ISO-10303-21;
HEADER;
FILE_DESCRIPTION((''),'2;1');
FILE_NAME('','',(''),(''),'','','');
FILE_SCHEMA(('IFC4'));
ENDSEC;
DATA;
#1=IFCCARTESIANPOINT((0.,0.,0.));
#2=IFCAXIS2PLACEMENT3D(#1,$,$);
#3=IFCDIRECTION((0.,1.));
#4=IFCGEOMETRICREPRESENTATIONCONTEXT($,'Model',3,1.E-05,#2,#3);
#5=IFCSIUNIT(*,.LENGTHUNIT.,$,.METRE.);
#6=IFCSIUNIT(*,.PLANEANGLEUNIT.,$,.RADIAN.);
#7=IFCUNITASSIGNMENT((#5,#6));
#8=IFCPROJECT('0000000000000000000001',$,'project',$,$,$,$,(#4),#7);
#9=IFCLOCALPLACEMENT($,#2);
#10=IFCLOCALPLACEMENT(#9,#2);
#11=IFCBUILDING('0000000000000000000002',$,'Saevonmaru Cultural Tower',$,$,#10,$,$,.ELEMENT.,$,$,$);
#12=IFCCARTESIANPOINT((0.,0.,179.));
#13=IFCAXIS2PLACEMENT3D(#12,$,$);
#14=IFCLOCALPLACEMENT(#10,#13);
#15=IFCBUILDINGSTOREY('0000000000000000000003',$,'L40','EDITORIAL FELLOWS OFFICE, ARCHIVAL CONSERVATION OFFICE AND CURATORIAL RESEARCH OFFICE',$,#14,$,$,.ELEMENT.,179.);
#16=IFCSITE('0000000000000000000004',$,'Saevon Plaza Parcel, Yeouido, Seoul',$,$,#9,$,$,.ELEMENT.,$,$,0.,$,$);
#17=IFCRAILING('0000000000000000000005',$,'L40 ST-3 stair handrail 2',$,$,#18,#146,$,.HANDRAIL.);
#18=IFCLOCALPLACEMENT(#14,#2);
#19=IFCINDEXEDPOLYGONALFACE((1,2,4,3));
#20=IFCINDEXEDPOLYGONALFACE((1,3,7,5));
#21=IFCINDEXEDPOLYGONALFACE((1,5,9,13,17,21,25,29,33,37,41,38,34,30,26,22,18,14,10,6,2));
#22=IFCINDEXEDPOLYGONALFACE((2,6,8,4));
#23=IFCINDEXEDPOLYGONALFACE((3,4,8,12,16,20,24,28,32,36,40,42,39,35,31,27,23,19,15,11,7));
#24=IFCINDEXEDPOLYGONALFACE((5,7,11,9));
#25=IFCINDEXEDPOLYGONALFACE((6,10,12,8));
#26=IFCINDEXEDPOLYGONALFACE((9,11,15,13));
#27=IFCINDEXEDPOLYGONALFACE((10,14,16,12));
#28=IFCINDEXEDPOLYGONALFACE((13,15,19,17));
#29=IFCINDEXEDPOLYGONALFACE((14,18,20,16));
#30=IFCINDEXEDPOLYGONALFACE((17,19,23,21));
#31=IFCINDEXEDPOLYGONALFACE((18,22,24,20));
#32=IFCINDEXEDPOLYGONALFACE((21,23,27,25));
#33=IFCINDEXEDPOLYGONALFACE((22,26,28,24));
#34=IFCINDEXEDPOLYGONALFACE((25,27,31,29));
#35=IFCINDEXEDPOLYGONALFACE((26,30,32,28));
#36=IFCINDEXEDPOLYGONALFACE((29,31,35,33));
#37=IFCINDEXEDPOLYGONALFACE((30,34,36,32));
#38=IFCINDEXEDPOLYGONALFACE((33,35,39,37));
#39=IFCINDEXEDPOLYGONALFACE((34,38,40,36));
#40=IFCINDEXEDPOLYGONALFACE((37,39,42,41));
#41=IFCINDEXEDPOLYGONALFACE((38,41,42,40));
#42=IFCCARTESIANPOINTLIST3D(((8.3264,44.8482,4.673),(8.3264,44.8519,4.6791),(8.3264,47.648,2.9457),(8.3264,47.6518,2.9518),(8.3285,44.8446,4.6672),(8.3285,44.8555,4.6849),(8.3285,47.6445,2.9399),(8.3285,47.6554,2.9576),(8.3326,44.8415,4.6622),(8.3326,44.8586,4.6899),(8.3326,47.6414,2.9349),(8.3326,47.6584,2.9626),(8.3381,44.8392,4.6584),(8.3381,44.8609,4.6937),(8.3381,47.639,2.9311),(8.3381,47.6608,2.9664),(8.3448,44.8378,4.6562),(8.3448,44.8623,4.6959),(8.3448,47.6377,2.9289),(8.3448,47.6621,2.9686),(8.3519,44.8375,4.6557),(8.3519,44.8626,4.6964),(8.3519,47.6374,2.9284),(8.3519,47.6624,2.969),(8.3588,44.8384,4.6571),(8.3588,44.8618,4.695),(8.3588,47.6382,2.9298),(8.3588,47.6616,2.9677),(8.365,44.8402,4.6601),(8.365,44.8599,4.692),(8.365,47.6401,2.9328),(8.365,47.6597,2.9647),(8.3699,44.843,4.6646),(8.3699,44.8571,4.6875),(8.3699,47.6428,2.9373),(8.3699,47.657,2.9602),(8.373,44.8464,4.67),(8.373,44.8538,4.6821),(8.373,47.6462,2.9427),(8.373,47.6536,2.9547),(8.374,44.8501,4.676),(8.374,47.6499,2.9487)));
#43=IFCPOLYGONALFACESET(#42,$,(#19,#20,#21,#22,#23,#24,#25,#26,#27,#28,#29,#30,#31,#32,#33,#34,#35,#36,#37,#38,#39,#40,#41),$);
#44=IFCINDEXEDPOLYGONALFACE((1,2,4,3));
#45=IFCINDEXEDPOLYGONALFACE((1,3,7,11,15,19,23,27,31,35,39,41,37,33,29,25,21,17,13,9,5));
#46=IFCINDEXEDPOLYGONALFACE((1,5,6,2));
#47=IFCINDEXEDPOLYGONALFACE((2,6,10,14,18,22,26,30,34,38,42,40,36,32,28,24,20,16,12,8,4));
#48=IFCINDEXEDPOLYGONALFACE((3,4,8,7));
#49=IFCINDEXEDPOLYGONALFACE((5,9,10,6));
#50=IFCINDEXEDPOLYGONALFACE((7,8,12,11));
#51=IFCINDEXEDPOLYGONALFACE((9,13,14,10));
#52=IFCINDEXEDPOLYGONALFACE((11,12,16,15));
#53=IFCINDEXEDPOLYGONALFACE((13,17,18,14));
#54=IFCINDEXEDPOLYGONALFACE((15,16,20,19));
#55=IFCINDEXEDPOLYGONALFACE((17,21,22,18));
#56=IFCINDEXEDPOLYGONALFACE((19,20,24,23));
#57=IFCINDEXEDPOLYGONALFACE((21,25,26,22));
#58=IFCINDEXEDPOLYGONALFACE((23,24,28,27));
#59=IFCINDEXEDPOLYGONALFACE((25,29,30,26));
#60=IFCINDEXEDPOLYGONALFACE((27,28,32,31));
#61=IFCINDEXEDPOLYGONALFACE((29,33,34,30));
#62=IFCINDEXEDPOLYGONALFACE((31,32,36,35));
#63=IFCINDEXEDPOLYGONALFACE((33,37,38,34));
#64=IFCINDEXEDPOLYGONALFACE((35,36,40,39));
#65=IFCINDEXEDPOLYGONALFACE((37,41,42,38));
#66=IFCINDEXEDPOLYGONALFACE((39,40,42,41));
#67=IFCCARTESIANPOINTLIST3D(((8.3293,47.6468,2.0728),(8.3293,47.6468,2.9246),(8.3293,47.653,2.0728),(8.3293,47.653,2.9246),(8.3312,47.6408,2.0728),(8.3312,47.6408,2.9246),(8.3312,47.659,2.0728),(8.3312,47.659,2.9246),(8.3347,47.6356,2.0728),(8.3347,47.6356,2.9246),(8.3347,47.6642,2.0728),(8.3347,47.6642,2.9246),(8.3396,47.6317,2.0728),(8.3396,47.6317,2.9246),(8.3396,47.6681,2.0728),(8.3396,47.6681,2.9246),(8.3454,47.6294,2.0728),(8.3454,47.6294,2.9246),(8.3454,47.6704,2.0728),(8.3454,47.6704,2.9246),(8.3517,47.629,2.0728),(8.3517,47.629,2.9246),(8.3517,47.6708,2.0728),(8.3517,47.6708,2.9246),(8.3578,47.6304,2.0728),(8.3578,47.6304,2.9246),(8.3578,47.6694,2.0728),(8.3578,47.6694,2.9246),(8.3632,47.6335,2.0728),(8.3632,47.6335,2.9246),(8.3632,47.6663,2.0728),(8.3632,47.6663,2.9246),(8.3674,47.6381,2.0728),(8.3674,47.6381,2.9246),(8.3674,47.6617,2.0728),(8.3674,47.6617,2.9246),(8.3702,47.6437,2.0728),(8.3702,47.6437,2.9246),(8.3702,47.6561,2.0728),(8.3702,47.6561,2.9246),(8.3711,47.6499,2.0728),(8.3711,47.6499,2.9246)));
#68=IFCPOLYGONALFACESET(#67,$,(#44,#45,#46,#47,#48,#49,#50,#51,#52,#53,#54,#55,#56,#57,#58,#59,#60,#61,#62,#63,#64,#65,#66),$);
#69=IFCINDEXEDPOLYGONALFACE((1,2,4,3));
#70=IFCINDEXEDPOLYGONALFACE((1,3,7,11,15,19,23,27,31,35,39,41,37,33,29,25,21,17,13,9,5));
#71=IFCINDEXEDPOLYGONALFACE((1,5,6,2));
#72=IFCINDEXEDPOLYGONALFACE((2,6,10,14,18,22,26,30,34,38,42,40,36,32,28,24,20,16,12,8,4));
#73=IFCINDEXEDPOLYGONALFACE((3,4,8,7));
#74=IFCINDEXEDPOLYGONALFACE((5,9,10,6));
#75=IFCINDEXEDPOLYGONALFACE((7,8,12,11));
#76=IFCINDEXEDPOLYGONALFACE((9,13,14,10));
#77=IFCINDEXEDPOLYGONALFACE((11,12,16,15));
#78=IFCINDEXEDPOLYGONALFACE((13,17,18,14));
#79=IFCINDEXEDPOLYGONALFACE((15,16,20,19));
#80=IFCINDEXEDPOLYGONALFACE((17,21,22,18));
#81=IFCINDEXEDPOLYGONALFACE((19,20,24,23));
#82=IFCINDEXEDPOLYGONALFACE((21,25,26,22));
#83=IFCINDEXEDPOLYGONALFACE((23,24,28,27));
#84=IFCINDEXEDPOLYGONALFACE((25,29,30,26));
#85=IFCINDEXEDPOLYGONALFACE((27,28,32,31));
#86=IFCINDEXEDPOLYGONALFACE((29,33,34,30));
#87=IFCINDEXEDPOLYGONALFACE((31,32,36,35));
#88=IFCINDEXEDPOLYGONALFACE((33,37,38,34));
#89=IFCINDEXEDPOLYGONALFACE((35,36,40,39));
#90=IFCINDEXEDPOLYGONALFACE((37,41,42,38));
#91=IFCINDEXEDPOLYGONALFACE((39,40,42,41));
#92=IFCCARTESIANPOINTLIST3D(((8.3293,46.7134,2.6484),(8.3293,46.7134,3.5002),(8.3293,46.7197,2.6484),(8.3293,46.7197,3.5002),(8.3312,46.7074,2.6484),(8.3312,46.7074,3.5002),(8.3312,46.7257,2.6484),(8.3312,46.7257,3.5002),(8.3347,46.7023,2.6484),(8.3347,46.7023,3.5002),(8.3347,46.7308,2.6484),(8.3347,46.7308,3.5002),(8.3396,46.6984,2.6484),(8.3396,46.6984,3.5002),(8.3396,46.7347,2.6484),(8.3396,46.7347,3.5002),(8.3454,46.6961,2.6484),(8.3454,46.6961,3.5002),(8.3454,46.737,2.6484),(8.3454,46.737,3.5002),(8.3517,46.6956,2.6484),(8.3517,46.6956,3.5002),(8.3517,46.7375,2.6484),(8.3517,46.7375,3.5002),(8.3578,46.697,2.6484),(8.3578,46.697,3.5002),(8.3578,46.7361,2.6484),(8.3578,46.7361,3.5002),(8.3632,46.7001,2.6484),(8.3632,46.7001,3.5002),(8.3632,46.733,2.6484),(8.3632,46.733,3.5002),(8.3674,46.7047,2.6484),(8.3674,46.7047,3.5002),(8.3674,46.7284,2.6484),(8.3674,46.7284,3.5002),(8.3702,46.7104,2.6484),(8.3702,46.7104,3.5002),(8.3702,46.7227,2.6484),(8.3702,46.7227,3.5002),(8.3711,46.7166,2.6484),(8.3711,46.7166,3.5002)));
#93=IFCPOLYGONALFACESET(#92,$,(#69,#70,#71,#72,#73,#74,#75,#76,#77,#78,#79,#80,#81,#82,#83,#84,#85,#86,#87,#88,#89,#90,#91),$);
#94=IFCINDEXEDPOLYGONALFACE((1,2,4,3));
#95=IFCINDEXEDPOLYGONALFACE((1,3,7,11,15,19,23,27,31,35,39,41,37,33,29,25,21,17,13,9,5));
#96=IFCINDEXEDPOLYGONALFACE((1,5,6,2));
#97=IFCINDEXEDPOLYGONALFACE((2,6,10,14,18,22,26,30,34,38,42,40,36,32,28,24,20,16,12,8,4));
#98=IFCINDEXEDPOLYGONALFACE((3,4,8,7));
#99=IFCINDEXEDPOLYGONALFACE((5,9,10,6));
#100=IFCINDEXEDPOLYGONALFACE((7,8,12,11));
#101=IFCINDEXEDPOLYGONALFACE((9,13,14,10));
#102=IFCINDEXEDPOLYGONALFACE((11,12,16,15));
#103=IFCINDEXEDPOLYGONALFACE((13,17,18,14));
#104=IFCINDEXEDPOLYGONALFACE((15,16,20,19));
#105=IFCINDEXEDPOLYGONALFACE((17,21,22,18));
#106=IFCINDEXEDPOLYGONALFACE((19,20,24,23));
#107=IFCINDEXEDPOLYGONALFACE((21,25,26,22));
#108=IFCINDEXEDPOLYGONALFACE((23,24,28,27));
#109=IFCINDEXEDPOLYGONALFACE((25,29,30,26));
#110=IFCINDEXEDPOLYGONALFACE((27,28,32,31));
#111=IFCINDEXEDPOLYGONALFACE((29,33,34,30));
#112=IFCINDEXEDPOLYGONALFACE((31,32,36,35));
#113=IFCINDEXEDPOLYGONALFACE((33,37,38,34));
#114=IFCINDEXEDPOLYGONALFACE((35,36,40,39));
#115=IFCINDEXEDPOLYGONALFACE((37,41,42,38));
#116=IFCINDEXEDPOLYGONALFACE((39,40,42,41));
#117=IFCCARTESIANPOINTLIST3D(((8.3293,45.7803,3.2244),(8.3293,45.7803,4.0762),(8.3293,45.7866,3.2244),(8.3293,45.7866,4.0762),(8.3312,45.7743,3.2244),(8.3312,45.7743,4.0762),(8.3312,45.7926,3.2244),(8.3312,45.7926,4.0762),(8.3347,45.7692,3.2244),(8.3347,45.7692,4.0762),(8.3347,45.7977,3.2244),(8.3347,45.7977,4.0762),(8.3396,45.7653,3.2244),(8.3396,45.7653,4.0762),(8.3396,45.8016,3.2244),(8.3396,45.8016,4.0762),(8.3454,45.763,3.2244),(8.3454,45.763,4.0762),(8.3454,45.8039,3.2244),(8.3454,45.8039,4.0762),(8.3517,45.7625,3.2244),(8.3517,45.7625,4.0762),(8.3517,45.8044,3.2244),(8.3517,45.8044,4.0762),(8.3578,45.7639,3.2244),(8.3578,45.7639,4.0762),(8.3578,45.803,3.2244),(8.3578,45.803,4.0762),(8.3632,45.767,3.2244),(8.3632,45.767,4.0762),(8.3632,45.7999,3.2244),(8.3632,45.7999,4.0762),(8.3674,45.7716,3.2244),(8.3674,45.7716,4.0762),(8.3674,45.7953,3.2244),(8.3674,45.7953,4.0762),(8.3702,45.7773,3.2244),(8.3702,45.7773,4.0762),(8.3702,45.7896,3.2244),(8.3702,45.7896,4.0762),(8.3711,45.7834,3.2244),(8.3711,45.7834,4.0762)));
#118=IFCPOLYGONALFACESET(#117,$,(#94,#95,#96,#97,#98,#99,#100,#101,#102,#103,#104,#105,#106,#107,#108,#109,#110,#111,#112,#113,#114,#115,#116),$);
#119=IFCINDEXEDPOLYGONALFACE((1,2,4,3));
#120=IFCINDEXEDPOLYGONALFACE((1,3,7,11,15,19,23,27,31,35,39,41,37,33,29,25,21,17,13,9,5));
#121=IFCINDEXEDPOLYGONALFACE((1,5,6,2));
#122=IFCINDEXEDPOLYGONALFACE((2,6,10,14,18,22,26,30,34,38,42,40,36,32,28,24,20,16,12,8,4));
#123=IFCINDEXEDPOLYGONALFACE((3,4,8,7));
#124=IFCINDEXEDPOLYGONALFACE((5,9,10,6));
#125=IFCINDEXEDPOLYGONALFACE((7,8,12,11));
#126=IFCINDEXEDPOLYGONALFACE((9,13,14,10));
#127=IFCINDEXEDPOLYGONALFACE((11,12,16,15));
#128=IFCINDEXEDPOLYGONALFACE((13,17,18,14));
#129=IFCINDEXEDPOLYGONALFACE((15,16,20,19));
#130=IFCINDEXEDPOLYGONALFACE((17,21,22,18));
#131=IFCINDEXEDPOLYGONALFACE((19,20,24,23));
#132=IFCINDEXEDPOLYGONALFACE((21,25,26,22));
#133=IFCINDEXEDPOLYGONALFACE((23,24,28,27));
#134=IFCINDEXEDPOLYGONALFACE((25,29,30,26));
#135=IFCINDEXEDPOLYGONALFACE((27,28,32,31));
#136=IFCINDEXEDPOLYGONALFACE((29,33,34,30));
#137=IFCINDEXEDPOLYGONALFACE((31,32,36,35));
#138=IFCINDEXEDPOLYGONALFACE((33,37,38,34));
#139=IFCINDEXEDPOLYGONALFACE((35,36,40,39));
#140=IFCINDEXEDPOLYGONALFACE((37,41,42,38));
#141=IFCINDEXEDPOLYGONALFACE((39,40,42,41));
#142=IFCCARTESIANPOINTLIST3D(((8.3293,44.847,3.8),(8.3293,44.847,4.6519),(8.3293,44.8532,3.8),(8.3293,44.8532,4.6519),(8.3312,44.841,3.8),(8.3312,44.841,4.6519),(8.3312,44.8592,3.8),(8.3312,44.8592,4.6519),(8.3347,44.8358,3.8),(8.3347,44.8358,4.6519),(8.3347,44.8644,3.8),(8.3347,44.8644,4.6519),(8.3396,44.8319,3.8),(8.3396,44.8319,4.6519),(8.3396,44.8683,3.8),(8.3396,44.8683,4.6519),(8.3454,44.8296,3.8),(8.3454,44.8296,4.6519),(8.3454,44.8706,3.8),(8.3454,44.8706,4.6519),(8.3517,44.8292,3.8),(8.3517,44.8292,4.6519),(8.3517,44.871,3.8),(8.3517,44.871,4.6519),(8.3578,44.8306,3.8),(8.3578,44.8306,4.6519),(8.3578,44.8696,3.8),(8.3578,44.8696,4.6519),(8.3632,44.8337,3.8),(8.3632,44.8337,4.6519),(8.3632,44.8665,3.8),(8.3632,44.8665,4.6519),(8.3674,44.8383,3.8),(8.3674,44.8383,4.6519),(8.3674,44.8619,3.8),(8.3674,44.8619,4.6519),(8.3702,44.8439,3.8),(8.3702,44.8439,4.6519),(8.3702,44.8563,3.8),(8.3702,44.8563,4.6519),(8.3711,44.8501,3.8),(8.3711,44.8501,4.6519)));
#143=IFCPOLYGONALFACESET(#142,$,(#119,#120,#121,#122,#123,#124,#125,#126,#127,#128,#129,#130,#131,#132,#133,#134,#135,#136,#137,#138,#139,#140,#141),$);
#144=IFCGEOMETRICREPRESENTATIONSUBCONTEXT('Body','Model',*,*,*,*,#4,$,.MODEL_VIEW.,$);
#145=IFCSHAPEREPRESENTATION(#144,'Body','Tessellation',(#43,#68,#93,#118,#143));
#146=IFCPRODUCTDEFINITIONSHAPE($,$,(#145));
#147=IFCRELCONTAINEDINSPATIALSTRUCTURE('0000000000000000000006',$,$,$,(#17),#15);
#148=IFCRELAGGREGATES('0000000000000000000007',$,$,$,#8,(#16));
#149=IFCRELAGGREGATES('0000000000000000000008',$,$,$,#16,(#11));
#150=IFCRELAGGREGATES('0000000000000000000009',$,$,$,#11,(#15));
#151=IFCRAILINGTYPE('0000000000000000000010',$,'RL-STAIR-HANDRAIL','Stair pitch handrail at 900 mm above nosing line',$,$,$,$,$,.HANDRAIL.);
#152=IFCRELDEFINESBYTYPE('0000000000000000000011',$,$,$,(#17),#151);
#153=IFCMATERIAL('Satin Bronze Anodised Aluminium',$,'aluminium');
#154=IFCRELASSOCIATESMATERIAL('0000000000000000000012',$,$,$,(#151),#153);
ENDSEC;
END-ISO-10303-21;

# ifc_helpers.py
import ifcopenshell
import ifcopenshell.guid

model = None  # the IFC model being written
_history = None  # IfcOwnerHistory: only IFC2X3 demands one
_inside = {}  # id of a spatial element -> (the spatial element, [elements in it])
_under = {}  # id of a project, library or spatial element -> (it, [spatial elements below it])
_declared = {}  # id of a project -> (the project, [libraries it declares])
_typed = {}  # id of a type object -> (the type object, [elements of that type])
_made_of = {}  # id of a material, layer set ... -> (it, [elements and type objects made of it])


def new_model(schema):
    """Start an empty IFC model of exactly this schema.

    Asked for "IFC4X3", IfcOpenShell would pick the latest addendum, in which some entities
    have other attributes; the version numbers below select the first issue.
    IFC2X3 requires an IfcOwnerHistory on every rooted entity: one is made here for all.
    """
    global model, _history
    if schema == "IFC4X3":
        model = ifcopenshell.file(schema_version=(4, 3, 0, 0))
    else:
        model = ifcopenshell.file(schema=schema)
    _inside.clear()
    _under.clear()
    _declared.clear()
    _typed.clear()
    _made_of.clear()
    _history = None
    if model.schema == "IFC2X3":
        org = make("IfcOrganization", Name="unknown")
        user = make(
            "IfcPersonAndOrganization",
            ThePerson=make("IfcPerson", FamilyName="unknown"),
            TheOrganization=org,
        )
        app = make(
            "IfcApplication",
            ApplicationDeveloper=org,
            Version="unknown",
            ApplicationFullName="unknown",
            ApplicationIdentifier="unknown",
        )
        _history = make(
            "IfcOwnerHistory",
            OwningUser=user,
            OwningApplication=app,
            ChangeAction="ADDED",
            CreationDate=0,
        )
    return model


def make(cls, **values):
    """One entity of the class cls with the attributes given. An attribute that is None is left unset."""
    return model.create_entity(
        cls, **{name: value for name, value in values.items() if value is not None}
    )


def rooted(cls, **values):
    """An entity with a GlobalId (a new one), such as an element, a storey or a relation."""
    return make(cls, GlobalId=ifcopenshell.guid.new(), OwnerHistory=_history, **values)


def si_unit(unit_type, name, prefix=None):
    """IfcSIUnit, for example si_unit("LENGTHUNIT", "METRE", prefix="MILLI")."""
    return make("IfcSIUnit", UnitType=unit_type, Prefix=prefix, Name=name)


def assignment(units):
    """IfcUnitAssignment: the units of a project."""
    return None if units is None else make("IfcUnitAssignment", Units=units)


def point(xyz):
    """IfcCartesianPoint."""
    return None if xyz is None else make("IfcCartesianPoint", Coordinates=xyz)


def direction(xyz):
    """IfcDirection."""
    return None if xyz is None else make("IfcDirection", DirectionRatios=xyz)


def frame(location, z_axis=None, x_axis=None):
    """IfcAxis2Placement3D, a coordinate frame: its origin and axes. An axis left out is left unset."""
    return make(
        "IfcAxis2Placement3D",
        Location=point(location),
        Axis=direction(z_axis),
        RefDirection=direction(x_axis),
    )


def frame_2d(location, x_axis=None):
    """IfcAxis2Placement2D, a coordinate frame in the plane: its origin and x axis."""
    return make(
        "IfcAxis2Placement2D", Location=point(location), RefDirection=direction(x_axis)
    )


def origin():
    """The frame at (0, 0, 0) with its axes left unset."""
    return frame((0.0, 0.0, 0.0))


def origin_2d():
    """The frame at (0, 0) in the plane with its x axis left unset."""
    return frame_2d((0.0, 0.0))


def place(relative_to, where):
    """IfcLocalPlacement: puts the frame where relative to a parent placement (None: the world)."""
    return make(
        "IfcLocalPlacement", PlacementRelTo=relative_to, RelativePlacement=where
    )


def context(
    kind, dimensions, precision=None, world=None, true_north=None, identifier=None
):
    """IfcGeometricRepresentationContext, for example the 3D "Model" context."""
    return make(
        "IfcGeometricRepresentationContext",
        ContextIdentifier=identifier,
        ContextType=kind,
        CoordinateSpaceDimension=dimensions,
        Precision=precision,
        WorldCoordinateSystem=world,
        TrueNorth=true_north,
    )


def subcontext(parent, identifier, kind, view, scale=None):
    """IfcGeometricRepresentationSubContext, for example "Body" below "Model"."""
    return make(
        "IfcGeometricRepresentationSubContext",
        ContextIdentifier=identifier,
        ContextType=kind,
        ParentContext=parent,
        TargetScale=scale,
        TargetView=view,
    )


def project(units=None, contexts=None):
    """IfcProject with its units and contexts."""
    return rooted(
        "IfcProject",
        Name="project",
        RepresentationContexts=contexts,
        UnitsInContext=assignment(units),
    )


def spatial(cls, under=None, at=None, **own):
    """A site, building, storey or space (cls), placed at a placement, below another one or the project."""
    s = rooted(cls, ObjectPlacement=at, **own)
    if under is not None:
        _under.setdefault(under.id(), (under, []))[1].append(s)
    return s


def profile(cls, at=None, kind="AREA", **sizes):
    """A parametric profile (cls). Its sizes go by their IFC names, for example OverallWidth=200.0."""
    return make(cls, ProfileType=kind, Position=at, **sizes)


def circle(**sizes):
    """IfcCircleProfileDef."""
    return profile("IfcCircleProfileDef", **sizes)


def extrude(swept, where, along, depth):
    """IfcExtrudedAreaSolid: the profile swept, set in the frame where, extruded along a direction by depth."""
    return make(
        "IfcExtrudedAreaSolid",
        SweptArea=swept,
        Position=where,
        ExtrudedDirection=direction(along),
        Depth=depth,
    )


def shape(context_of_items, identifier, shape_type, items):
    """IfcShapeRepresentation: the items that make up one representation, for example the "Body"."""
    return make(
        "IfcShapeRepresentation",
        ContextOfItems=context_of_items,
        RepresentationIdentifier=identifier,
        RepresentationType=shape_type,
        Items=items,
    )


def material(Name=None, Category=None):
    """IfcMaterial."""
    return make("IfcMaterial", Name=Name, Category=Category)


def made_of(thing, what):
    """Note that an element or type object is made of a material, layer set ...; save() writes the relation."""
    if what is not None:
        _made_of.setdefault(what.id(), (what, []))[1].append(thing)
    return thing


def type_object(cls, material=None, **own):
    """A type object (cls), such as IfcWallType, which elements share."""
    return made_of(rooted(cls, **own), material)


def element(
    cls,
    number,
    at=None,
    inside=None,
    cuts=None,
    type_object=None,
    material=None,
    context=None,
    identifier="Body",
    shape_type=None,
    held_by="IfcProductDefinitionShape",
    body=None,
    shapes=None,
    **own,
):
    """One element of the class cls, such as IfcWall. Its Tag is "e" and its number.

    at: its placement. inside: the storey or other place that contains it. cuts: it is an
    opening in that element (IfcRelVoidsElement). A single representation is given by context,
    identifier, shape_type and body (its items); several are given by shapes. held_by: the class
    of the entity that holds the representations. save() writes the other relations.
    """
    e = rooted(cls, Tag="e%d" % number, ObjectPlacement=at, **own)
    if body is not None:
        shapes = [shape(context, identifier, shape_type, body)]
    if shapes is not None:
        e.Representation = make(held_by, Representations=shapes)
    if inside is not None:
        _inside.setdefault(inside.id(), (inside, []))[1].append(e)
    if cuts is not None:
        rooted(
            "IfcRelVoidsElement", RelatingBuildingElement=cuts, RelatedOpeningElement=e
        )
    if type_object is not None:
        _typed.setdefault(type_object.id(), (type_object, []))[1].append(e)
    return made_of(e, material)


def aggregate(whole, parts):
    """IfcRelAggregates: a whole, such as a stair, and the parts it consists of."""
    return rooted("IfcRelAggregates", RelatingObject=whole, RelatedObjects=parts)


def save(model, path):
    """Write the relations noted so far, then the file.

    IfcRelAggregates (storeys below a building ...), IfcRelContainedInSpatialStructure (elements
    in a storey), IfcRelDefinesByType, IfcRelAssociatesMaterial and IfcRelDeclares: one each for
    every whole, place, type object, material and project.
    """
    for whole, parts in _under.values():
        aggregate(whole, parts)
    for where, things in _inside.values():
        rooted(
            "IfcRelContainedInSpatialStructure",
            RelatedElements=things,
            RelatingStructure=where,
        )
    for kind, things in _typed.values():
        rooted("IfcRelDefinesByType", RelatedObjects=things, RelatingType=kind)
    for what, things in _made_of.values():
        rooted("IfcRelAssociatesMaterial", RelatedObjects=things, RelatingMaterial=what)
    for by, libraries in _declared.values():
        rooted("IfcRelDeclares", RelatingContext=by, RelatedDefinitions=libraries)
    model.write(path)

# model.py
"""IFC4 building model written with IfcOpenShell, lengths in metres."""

from ifc_helpers import new_model, si_unit, direction, frame, origin, origin_2d, place, context, subcontext, project, spatial, circle, extrude, material, type_object, element, save


model = new_model("IFC4")

# Units and contexts
model_context = context("Model", 3, precision=1e-05, world=origin(), true_north=direction((0.0, 1.0)))
body_context = subcontext(model_context, "Body", "Model", "MODEL_VIEW")
ifc_project = project(units=[si_unit("LENGTHUNIT", "METRE"), si_unit("PLANEANGLEUNIT", "RADIAN")], contexts=[model_context])

# Site, building, storey
site_placement = place(None, origin())
site = spatial("IfcSite", under=ifc_project, at=site_placement, Name="Saevon Plaza Parcel, Yeouido, Seoul", CompositionType="ELEMENT", RefElevation=0.0)
building_placement = place(site_placement, origin())
building = spatial("IfcBuilding", under=site, at=building_placement, Name="Saevonmaru Cultural Tower", CompositionType="ELEMENT")
storey_placement = place(building_placement, frame((0.0, 0.0, 179.0)))
storey = spatial("IfcBuildingStorey", under=building, at=storey_placement, Name="L40", Description="EDITORIAL FELLOWS OFFICE, ARCHIVAL CONSERVATION OFFICE AND CURATORIAL RESEARCH OFFICE", CompositionType="ELEMENT", Elevation=179.0)

# Shared definitions
ifc_material_1 = material(Name="Satin Bronze Anodised Aluminium", Category="aluminium")

# Railing
railing_type_1 = type_object("IfcRailingType", Name="RL-STAIR-HANDRAIL", Description="Stair pitch handrail at 900 mm above nosing line", PredefinedType="HANDRAIL", material=ifc_material_1)
railing_1_placement = place(storey_placement, frame((8.3501, 47.6499, 2.0728)))
element("IfcRailing", 1, at=railing_1_placement, inside=storey, type_object=railing_type_1, Name="L40 ST-3 stair handrail 2", PredefinedType="HANDRAIL", context=body_context, shape_type="SweptSolid", body=[
    extrude(circle(Radius=0.0239, at=origin_2d()), frame((0.0, 0.0, 0.876), z_axis=(0.0, -0.851069, 0.525054), x_axis=(1.0, 0.0, 0.0)), (0.0, 0.0, 1.0), 3.2898),
    extrude(circle(Radius=0.021, at=origin_2d()), origin(), (0.0, 0.0, 1.0), 0.8518),
    extrude(circle(Radius=0.021, at=origin_2d()), frame((0.0, -0.9333, 0.5757)), (0.0, 0.0, 1.0), 0.8518),
    extrude(circle(Radius=0.021, at=origin_2d()), frame((0.0, -1.8665, 1.1516)), (0.0, 0.0, 1.0), 0.8518),
    extrude(circle(Radius=0.021, at=origin_2d()), frame((0.0, -2.7998, 1.7273)), (0.0, 0.0, 1.0), 0.8518),
])

save(model, "model.ifc")
